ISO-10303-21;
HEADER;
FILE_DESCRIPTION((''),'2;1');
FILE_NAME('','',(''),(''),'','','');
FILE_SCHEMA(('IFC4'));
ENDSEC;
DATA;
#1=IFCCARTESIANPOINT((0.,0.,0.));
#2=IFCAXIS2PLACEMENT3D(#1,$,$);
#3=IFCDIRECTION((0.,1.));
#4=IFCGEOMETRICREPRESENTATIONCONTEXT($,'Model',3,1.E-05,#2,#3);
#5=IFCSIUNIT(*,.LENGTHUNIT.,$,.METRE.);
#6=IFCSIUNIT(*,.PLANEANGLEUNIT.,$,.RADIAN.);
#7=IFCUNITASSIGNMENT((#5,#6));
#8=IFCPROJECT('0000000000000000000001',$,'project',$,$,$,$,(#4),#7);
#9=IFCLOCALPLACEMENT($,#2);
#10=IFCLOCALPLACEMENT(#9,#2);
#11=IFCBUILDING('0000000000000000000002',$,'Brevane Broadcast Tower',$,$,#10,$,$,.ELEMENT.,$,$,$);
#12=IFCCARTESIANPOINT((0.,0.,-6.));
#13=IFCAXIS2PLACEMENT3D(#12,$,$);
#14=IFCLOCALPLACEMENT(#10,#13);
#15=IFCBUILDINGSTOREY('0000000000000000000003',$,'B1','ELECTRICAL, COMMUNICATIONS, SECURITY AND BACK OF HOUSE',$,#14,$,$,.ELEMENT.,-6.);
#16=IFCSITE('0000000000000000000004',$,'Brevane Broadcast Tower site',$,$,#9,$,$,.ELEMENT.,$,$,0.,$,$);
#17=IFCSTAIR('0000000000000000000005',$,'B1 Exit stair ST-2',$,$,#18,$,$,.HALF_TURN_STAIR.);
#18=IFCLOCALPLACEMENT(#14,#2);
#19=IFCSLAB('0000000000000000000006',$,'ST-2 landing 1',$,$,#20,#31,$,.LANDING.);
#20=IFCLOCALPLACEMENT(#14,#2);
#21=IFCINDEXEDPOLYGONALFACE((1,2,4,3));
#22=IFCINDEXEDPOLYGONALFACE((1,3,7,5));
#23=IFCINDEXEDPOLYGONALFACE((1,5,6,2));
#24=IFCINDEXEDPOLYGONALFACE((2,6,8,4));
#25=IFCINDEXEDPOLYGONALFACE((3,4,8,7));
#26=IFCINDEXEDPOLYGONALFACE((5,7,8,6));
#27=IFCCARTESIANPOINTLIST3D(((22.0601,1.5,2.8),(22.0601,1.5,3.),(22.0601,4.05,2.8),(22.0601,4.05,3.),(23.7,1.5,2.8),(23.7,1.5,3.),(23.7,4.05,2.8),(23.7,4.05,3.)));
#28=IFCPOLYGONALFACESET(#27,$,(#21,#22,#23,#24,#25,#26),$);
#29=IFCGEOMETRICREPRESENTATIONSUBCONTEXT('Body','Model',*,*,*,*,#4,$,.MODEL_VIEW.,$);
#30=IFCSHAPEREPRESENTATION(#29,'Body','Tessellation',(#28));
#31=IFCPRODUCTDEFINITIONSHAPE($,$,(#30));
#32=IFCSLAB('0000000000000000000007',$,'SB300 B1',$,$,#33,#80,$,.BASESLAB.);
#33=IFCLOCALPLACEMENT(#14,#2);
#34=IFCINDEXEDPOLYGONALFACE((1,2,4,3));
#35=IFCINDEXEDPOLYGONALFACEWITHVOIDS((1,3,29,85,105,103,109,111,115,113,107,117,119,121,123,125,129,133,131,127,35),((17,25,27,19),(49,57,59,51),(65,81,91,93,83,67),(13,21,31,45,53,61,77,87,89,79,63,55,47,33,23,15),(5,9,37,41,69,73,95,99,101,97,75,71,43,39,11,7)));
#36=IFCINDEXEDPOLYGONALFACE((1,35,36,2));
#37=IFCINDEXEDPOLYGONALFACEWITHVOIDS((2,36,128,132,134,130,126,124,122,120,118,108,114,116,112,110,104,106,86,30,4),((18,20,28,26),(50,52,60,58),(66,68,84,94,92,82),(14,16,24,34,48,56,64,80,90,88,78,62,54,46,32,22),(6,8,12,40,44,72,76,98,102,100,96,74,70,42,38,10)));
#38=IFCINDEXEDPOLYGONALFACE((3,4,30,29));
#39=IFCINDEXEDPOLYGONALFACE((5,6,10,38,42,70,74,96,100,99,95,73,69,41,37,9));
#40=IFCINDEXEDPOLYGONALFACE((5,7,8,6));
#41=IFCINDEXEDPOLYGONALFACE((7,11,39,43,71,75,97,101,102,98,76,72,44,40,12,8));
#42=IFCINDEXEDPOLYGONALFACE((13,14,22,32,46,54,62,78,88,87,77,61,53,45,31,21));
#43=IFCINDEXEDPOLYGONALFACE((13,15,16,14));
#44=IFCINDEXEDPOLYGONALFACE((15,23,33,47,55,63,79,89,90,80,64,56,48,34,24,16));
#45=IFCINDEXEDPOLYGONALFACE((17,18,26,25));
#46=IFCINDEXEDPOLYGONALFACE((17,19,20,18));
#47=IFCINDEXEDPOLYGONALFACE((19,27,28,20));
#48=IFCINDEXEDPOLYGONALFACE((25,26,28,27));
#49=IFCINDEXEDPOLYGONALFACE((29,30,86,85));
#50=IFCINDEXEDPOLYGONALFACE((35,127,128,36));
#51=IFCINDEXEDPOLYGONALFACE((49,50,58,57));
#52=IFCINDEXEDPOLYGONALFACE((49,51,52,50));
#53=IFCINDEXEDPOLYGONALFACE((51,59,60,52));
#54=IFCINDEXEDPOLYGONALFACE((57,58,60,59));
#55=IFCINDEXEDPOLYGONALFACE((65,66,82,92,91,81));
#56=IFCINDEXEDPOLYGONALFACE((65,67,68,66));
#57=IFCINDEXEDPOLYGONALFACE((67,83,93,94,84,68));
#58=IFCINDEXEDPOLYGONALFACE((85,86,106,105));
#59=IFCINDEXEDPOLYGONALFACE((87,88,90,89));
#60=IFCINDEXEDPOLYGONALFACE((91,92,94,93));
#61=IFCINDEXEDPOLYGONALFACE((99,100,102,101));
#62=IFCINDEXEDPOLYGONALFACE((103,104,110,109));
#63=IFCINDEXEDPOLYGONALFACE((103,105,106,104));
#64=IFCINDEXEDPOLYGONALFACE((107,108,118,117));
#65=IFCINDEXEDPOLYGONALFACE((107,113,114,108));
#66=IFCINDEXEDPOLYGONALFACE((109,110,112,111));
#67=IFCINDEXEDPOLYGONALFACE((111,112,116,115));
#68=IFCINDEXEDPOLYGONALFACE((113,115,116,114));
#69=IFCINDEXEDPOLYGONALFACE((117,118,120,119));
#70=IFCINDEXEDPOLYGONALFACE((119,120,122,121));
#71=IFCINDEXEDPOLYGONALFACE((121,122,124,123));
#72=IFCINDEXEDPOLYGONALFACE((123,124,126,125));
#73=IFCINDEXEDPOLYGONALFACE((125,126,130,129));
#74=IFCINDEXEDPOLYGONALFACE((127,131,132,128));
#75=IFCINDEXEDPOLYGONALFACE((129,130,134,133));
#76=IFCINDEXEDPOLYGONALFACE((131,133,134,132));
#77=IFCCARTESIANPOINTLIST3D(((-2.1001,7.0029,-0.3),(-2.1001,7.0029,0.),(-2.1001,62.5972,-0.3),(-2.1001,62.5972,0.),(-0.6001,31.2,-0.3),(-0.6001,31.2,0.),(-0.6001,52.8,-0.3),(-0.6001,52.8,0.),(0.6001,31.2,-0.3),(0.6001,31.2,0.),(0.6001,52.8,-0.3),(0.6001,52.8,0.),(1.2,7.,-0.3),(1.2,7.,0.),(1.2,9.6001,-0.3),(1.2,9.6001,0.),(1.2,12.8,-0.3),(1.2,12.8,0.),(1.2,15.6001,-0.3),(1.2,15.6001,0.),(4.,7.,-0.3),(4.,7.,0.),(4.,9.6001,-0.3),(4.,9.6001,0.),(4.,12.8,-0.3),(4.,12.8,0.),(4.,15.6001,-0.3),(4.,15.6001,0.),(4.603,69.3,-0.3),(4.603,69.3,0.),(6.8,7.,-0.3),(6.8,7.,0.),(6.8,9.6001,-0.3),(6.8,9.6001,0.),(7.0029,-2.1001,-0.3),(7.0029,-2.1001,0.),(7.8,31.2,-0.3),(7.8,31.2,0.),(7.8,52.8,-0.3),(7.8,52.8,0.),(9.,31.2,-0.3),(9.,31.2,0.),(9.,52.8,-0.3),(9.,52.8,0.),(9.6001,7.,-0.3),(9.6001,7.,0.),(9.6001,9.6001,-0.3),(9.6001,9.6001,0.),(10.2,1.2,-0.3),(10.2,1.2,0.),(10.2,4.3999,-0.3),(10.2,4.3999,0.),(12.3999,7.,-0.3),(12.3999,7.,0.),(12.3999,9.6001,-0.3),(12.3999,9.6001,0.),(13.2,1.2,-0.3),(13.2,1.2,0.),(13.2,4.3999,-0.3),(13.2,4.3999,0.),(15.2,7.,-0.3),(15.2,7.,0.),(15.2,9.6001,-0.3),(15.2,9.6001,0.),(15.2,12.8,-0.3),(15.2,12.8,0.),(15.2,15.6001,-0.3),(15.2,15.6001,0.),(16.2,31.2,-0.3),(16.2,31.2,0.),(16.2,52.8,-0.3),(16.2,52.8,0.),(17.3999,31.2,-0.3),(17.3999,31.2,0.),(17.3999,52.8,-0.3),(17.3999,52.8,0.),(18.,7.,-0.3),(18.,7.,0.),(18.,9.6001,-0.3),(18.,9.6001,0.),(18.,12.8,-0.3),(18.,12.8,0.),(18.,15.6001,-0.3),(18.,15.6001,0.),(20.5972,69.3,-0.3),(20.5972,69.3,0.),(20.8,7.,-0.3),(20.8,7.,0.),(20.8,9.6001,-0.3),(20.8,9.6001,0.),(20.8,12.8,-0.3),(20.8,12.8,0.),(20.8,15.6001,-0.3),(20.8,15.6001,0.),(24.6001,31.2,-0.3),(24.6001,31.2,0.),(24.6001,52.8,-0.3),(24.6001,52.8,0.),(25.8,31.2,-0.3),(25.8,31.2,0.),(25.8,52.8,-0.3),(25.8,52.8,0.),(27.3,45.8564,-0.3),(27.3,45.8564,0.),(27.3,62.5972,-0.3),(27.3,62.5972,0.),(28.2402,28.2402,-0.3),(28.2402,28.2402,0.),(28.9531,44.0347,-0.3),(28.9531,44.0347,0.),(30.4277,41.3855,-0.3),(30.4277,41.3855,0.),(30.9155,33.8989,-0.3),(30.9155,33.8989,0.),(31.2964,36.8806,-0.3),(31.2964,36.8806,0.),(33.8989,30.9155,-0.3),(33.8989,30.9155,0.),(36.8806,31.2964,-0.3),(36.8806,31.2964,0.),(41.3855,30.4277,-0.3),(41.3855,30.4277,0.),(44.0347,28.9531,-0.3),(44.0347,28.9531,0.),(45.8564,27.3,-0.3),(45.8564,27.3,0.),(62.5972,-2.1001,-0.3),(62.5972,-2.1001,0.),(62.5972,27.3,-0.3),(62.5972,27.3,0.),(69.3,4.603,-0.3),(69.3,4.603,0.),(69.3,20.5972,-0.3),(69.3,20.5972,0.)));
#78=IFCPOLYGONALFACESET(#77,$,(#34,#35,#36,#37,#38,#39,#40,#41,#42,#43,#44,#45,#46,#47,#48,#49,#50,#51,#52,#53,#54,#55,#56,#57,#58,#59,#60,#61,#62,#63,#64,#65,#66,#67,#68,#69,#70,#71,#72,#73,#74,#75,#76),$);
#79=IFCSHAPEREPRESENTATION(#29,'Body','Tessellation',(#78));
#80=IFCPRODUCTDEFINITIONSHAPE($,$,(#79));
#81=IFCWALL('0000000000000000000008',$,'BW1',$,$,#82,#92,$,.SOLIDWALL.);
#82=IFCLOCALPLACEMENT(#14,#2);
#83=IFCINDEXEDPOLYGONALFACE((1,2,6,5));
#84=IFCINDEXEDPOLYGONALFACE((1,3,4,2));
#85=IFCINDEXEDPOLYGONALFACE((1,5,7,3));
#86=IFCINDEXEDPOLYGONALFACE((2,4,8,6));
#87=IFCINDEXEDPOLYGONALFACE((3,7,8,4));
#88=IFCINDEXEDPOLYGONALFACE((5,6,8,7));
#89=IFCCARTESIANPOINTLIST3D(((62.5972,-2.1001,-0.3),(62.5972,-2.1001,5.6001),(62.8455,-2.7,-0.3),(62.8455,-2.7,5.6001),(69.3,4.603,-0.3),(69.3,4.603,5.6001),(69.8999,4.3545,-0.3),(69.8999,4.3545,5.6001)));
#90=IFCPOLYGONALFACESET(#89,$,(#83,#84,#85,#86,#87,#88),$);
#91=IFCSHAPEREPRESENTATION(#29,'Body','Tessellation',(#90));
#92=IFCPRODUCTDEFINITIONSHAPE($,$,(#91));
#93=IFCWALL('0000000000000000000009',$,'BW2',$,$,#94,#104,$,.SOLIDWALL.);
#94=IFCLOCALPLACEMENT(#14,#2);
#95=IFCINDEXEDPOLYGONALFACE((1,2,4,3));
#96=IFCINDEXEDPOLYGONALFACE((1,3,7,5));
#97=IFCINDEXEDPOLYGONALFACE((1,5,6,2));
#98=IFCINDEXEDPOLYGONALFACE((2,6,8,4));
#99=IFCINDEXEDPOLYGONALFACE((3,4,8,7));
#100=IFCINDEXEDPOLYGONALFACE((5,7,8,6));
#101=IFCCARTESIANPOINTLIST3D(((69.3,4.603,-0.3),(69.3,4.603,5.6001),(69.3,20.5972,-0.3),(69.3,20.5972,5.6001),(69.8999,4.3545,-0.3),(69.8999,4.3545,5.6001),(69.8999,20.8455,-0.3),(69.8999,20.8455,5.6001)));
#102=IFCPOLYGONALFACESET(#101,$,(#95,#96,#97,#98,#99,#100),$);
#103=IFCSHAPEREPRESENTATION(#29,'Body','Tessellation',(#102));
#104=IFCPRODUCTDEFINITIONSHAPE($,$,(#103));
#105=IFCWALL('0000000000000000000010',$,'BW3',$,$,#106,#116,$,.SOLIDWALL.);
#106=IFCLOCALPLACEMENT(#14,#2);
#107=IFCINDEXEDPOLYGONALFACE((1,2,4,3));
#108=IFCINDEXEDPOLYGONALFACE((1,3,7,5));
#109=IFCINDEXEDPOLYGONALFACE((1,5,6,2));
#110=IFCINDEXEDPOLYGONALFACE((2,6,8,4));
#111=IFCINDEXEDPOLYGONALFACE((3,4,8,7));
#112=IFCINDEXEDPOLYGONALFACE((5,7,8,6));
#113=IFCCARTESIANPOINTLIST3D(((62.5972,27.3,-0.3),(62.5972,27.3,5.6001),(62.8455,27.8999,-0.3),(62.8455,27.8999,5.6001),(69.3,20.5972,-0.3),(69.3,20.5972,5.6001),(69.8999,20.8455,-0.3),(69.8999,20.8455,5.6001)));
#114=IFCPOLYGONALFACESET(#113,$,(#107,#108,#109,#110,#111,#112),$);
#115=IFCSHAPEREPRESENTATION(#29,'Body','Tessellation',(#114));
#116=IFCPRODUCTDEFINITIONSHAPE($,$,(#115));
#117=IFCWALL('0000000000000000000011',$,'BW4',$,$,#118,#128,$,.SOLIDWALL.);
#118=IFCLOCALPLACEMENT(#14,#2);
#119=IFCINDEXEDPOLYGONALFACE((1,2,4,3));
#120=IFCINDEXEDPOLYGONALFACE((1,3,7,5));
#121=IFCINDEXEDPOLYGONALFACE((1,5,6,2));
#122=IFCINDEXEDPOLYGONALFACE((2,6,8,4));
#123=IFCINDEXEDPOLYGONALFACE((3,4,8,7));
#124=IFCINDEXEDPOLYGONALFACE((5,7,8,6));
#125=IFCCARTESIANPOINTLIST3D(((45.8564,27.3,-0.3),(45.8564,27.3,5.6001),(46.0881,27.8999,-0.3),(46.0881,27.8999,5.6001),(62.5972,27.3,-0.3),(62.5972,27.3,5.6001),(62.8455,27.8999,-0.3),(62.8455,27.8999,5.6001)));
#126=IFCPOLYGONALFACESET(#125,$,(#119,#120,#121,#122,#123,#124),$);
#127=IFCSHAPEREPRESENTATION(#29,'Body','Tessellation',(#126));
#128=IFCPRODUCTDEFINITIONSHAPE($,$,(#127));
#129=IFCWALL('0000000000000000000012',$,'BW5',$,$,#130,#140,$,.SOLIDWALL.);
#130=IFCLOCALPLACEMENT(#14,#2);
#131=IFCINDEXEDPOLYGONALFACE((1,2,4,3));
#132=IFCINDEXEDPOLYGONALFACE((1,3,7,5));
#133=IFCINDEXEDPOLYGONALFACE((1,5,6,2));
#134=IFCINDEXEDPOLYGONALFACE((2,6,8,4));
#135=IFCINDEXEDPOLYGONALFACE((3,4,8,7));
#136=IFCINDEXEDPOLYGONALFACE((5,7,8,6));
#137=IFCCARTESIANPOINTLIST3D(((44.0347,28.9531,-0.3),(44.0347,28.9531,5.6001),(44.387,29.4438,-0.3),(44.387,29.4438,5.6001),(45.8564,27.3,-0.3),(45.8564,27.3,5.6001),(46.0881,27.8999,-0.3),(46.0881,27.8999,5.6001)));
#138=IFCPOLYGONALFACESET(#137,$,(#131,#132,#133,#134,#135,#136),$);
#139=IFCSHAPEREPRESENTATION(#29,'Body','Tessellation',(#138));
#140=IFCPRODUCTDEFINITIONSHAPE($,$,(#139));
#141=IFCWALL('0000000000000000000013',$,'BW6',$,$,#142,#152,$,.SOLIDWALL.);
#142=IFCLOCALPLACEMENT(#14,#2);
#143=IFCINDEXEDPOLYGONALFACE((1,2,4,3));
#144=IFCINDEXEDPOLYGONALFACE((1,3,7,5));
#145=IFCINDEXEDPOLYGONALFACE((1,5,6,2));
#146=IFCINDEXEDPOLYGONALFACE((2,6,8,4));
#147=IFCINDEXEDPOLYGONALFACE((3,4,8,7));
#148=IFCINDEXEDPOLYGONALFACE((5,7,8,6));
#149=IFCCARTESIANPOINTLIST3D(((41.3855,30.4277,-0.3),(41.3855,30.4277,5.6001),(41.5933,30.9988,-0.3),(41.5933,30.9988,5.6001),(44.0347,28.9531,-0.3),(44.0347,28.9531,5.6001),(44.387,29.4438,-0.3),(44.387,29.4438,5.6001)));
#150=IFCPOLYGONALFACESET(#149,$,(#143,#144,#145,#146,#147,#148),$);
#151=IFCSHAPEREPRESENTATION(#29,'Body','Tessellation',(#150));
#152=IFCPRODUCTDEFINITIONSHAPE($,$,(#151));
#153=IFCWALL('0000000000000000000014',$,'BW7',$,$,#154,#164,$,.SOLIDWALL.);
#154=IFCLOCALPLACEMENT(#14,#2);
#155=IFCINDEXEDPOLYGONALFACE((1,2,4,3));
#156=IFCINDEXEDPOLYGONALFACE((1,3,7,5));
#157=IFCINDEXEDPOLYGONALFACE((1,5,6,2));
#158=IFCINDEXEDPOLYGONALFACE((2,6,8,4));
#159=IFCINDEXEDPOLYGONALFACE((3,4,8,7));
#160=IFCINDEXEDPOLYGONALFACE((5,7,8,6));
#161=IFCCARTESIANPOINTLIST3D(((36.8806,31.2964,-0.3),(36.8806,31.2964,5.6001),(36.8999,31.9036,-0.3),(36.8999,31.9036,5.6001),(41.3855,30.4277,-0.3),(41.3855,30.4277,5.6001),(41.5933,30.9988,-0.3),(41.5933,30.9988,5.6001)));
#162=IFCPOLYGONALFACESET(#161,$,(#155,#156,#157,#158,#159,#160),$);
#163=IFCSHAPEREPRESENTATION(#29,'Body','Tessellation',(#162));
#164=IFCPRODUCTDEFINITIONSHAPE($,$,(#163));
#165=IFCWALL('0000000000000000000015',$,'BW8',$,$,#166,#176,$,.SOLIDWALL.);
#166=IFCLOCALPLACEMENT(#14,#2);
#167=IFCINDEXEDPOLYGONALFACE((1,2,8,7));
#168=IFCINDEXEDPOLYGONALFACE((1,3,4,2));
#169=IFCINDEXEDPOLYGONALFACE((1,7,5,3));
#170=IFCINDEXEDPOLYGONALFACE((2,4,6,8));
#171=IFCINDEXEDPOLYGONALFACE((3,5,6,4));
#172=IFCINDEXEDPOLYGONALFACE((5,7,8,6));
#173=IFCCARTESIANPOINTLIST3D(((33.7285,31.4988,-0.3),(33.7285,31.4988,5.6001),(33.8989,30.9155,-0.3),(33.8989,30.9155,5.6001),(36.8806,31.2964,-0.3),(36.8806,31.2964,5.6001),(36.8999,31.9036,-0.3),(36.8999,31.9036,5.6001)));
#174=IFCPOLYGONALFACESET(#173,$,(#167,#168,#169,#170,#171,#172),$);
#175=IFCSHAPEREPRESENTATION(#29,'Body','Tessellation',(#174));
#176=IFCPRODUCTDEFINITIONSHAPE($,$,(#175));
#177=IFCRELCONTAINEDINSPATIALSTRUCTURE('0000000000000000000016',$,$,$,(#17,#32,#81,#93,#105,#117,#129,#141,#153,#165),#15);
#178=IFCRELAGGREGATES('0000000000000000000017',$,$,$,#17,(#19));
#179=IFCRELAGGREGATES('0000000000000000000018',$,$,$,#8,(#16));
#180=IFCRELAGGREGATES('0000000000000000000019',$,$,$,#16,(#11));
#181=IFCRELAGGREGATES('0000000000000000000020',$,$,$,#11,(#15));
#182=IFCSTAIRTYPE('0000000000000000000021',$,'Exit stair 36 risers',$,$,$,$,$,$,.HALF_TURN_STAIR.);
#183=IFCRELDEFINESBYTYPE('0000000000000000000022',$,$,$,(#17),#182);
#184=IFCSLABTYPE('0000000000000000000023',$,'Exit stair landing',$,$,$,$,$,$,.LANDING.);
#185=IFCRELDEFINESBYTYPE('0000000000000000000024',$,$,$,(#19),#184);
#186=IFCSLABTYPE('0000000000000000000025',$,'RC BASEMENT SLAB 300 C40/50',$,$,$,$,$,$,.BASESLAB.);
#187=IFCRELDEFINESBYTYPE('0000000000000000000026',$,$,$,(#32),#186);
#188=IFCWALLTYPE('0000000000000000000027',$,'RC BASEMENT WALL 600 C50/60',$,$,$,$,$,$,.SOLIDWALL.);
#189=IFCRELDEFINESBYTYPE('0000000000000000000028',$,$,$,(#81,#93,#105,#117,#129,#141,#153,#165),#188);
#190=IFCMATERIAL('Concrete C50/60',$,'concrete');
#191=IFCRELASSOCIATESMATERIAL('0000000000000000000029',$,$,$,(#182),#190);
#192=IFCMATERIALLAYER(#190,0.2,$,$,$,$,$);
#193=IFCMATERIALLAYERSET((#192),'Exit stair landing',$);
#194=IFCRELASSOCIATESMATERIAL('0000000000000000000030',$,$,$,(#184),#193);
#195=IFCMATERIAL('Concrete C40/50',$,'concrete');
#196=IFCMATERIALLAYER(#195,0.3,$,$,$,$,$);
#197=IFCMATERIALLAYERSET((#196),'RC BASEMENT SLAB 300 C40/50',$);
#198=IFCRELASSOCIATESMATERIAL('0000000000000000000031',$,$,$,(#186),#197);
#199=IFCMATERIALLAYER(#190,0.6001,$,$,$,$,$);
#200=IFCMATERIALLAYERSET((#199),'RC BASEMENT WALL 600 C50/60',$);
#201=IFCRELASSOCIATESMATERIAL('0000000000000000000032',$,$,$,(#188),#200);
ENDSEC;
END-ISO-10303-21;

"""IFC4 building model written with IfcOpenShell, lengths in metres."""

from ifc_helpers import new_model, si_unit, direction, frame, origin, place, context, subcontext, project, spatial, polyline, outline, extrude, material, layer, layer_set, type_object, element, aggregate, save


model = new_model("IFC4")

# Units and contexts
model_context = context("Model", 3, precision=1e-05, world=origin(), true_north=direction((0.0, 1.0)))
body_context = subcontext(model_context, "Body", "Model", "MODEL_VIEW")
ifc_project = project(units=[si_unit("LENGTHUNIT", "METRE"), si_unit("PLANEANGLEUNIT", "RADIAN")], contexts=[model_context])

# Site, building, storey
site_placement = place(None, origin())
site = spatial("IfcSite", under=ifc_project, at=site_placement, Name="Brevane Broadcast Tower site", CompositionType="ELEMENT", RefElevation=0.0)
building_placement = place(site_placement, origin())
building = spatial("IfcBuilding", under=site, at=building_placement, Name="Brevane Broadcast Tower", CompositionType="ELEMENT")
storey_placement = place(building_placement, frame((0.0, 0.0, -6.0)))
storey = spatial("IfcBuildingStorey", under=building, at=storey_placement, Name="B1", Description="ELECTRICAL, COMMUNICATIONS, SECURITY AND BACK OF HOUSE", CompositionType="ELEMENT", Elevation=-6.0)

# Shared definitions
ifc_material_1 = material(Name="Concrete C40/50", Category="concrete")

# Stair, slab
ifc_material_2 = material(Name="Concrete C50/60", Category="concrete")
stair_type = type_object("IfcStairType", Name="Exit stair 36 risers", PredefinedType="HALF_TURN_STAIR", material=ifc_material_2)
ifc_layer_1 = layer(ifc_material_2, 0.2)
ifc_layer_set_1 = layer_set([ifc_layer_1], Name="Exit stair landing")
slab_type_1 = type_object("IfcSlabType", Name="Exit stair landing", PredefinedType="LANDING", material=ifc_layer_set_1)
stair_1_placement = place(storey_placement, origin())
stair_1 = element("IfcStair", 1, at=stair_1_placement, inside=storey, type_object=stair_type, Name="B1 Exit stair ST-2", PredefinedType="HALF_TURN_STAIR")
slab_1_placement = place(storey_placement, frame((0.0, 0.0, 2.8)))
slab_1 = element("IfcSlab", 2, at=slab_1_placement, type_object=slab_type_1, Name="ST-2 landing 1", PredefinedType="LANDING", context=body_context, shape_type="SweptSolid", body=[
    extrude(outline(polyline([(22.0601, 1.5), (23.7, 1.5), (23.7, 4.05), (22.0601, 4.05), (22.0601, 1.5)])), origin(), (0.0, 0.0, 1.0), 0.2),
])
aggregate(stair_1, [slab_1])

# Slab
ifc_layer_2 = layer(ifc_material_1, 0.3)
ifc_layer_set_2 = layer_set([ifc_layer_2], Name="RC BASEMENT SLAB 300 C40/50")
slab_type_2 = type_object("IfcSlabType", Name="RC BASEMENT SLAB 300 C40/50", PredefinedType="BASESLAB", material=ifc_layer_set_2)
slab_2_placement = place(storey_placement, frame((0.0, 0.0, -0.3)))
element("IfcSlab", 3, at=slab_2_placement, inside=storey, type_object=slab_type_2, Name="SB300 B1", PredefinedType="BASESLAB", context=body_context, shape_type="SweptSolid", body=[
    extrude(outline(polyline([(7.0029, -2.1001), (-2.1001, 7.0029), (-2.1001, 62.5972), (4.603, 69.3), (20.5972, 69.3), (27.3, 62.5972), (27.3, 45.8564), (28.9531, 44.0347), (30.4277, 41.3855), (31.2964, 36.8806), (30.9155, 33.8989), (28.2402, 28.2402), (33.8989, 30.9155), (36.8806, 31.2964), (41.3855, 30.4277), (44.0347, 28.9531), (45.8564, 27.3), (62.5972, 27.3), (69.3, 20.5972), (69.3, 4.603), (62.5972, -2.1001), (7.0029, -2.1001)]), holes=[polyline([(13.2, 1.2), (13.2, 4.3999), (10.2, 4.3999), (10.2, 1.2), (13.2, 1.2)]), polyline([(6.8, 9.6001), (4.0, 9.6001), (1.2, 9.6001), (1.2, 7.0), (4.0, 7.0), (6.8, 7.0), (9.6001, 7.0), (12.3999, 7.0), (15.2, 7.0), (18.0, 7.0), (20.8, 7.0), (20.8, 9.6001), (18.0, 9.6001), (15.2, 9.6001), (12.3999, 9.6001), (9.6001, 9.6001), (6.8, 9.6001)]), polyline([(4.0, 12.8), (4.0, 15.6001), (1.2, 15.6001), (1.2, 12.8), (4.0, 12.8)]), polyline([(-0.6001, 31.2), (0.6001, 31.2), (7.8, 31.2), (9.0, 31.2), (16.2, 31.2), (17.3999, 31.2), (24.6001, 31.2), (25.8, 31.2), (25.8, 52.8), (24.6001, 52.8), (17.3999, 52.8), (16.2, 52.8), (9.0, 52.8), (7.8, 52.8), (0.6001, 52.8), (-0.6001, 52.8), (-0.6001, 31.2)]), polyline([(15.2, 12.8), (18.0, 12.8), (20.8, 12.8), (20.8, 15.6001), (18.0, 15.6001), (15.2, 15.6001), (15.2, 12.8)])]), origin(), (0.0, 0.0, 1.0), 0.3),
])

# Walls
ifc_layer_3 = layer(ifc_material_2, 0.6001)
ifc_layer_set_3 = layer_set([ifc_layer_3], Name="RC BASEMENT WALL 600 C50/60")
wall_type = type_object("IfcWallType", Name="RC BASEMENT WALL 600 C50/60", PredefinedType="SOLIDWALL", material=ifc_layer_set_3)
wall_1_placement = place(storey_placement, frame((0.0, 0.0, -0.3)))
element("IfcWall", 4, at=wall_1_placement, inside=storey, type_object=wall_type, Name="BW1", PredefinedType="SOLIDWALL", context=body_context, shape_type="SweptSolid", body=[
    extrude(outline(polyline([(62.8455, -2.7), (69.8999, 4.3545), (69.3, 4.603), (62.5972, -2.1001), (62.8455, -2.7)])), origin(), (0.0, 0.0, 1.0), 5.9001),
])
wall_2_placement = place(storey_placement, frame((0.0, 0.0, -0.3)))
element("IfcWall", 5, at=wall_2_placement, inside=storey, type_object=wall_type, Name="BW2", PredefinedType="SOLIDWALL", context=body_context, shape_type="SweptSolid", body=[
    extrude(outline(polyline([(69.8999, 4.3545), (69.8999, 20.8455), (69.3, 20.5972), (69.3, 4.603), (69.8999, 4.3545)])), origin(), (0.0, 0.0, 1.0), 5.9001),
])
wall_3_placement = place(storey_placement, frame((0.0, 0.0, -0.3)))
element("IfcWall", 6, at=wall_3_placement, inside=storey, type_object=wall_type, Name="BW3", PredefinedType="SOLIDWALL", context=body_context, shape_type="SweptSolid", body=[
    extrude(outline(polyline([(69.8999, 20.8455), (62.8455, 27.8999), (62.5972, 27.3), (69.3, 20.5972), (69.8999, 20.8455)])), origin(), (0.0, 0.0, 1.0), 5.9001),
])
wall_4_placement = place(storey_placement, frame((0.0, 0.0, -0.3)))
element("IfcWall", 7, at=wall_4_placement, inside=storey, type_object=wall_type, Name="BW4", PredefinedType="SOLIDWALL", context=body_context, shape_type="SweptSolid", body=[
    extrude(outline(polyline([(62.8455, 27.8999), (46.0881, 27.8999), (45.8564, 27.3), (62.5972, 27.3), (62.8455, 27.8999)])), origin(), (0.0, 0.0, 1.0), 5.9001),
])
wall_5_placement = place(storey_placement, frame((0.0, 0.0, -0.3)))
element("IfcWall", 8, at=wall_5_placement, inside=storey, type_object=wall_type, Name="BW5", PredefinedType="SOLIDWALL", context=body_context, shape_type="SweptSolid", body=[
    extrude(outline(polyline([(46.0881, 27.8999), (44.387, 29.4438), (44.0347, 28.9531), (45.8564, 27.3), (46.0881, 27.8999)])), origin(), (0.0, 0.0, 1.0), 5.9001),
])
wall_6_placement = place(storey_placement, frame((0.0, 0.0, -0.3)))
element("IfcWall", 9, at=wall_6_placement, inside=storey, type_object=wall_type, Name="BW6", PredefinedType="SOLIDWALL", context=body_context, shape_type="SweptSolid", body=[
    extrude(outline(polyline([(44.387, 29.4438), (41.5933, 30.9988), (41.3855, 30.4277), (44.0347, 28.9531), (44.387, 29.4438)])), origin(), (0.0, 0.0, 1.0), 5.9001),
])
wall_7_placement = place(storey_placement, frame((0.0, 0.0, -0.3)))
element("IfcWall", 10, at=wall_7_placement, inside=storey, type_object=wall_type, Name="BW7", PredefinedType="SOLIDWALL", context=body_context, shape_type="SweptSolid", body=[
    extrude(outline(polyline([(41.5933, 30.9988), (36.8999, 31.9036), (36.8806, 31.2964), (41.3855, 30.4277), (41.5933, 30.9988)])), origin(), (0.0, 0.0, 1.0), 5.9001),
])
wall_8_placement = place(storey_placement, frame((0.0, 0.0, -0.3)))
element("IfcWall", 11, at=wall_8_placement, inside=storey, type_object=wall_type, Name="BW8", PredefinedType="SOLIDWALL", context=body_context, shape_type="SweptSolid", body=[
    extrude(outline(polyline([(36.8999, 31.9036), (33.7285, 31.4988), (33.8989, 30.9155), (36.8806, 31.2964), (36.8999, 31.9036)])), origin(), (0.0, 0.0, 1.0), 5.9001),
])

save(model, "model.ifc")
